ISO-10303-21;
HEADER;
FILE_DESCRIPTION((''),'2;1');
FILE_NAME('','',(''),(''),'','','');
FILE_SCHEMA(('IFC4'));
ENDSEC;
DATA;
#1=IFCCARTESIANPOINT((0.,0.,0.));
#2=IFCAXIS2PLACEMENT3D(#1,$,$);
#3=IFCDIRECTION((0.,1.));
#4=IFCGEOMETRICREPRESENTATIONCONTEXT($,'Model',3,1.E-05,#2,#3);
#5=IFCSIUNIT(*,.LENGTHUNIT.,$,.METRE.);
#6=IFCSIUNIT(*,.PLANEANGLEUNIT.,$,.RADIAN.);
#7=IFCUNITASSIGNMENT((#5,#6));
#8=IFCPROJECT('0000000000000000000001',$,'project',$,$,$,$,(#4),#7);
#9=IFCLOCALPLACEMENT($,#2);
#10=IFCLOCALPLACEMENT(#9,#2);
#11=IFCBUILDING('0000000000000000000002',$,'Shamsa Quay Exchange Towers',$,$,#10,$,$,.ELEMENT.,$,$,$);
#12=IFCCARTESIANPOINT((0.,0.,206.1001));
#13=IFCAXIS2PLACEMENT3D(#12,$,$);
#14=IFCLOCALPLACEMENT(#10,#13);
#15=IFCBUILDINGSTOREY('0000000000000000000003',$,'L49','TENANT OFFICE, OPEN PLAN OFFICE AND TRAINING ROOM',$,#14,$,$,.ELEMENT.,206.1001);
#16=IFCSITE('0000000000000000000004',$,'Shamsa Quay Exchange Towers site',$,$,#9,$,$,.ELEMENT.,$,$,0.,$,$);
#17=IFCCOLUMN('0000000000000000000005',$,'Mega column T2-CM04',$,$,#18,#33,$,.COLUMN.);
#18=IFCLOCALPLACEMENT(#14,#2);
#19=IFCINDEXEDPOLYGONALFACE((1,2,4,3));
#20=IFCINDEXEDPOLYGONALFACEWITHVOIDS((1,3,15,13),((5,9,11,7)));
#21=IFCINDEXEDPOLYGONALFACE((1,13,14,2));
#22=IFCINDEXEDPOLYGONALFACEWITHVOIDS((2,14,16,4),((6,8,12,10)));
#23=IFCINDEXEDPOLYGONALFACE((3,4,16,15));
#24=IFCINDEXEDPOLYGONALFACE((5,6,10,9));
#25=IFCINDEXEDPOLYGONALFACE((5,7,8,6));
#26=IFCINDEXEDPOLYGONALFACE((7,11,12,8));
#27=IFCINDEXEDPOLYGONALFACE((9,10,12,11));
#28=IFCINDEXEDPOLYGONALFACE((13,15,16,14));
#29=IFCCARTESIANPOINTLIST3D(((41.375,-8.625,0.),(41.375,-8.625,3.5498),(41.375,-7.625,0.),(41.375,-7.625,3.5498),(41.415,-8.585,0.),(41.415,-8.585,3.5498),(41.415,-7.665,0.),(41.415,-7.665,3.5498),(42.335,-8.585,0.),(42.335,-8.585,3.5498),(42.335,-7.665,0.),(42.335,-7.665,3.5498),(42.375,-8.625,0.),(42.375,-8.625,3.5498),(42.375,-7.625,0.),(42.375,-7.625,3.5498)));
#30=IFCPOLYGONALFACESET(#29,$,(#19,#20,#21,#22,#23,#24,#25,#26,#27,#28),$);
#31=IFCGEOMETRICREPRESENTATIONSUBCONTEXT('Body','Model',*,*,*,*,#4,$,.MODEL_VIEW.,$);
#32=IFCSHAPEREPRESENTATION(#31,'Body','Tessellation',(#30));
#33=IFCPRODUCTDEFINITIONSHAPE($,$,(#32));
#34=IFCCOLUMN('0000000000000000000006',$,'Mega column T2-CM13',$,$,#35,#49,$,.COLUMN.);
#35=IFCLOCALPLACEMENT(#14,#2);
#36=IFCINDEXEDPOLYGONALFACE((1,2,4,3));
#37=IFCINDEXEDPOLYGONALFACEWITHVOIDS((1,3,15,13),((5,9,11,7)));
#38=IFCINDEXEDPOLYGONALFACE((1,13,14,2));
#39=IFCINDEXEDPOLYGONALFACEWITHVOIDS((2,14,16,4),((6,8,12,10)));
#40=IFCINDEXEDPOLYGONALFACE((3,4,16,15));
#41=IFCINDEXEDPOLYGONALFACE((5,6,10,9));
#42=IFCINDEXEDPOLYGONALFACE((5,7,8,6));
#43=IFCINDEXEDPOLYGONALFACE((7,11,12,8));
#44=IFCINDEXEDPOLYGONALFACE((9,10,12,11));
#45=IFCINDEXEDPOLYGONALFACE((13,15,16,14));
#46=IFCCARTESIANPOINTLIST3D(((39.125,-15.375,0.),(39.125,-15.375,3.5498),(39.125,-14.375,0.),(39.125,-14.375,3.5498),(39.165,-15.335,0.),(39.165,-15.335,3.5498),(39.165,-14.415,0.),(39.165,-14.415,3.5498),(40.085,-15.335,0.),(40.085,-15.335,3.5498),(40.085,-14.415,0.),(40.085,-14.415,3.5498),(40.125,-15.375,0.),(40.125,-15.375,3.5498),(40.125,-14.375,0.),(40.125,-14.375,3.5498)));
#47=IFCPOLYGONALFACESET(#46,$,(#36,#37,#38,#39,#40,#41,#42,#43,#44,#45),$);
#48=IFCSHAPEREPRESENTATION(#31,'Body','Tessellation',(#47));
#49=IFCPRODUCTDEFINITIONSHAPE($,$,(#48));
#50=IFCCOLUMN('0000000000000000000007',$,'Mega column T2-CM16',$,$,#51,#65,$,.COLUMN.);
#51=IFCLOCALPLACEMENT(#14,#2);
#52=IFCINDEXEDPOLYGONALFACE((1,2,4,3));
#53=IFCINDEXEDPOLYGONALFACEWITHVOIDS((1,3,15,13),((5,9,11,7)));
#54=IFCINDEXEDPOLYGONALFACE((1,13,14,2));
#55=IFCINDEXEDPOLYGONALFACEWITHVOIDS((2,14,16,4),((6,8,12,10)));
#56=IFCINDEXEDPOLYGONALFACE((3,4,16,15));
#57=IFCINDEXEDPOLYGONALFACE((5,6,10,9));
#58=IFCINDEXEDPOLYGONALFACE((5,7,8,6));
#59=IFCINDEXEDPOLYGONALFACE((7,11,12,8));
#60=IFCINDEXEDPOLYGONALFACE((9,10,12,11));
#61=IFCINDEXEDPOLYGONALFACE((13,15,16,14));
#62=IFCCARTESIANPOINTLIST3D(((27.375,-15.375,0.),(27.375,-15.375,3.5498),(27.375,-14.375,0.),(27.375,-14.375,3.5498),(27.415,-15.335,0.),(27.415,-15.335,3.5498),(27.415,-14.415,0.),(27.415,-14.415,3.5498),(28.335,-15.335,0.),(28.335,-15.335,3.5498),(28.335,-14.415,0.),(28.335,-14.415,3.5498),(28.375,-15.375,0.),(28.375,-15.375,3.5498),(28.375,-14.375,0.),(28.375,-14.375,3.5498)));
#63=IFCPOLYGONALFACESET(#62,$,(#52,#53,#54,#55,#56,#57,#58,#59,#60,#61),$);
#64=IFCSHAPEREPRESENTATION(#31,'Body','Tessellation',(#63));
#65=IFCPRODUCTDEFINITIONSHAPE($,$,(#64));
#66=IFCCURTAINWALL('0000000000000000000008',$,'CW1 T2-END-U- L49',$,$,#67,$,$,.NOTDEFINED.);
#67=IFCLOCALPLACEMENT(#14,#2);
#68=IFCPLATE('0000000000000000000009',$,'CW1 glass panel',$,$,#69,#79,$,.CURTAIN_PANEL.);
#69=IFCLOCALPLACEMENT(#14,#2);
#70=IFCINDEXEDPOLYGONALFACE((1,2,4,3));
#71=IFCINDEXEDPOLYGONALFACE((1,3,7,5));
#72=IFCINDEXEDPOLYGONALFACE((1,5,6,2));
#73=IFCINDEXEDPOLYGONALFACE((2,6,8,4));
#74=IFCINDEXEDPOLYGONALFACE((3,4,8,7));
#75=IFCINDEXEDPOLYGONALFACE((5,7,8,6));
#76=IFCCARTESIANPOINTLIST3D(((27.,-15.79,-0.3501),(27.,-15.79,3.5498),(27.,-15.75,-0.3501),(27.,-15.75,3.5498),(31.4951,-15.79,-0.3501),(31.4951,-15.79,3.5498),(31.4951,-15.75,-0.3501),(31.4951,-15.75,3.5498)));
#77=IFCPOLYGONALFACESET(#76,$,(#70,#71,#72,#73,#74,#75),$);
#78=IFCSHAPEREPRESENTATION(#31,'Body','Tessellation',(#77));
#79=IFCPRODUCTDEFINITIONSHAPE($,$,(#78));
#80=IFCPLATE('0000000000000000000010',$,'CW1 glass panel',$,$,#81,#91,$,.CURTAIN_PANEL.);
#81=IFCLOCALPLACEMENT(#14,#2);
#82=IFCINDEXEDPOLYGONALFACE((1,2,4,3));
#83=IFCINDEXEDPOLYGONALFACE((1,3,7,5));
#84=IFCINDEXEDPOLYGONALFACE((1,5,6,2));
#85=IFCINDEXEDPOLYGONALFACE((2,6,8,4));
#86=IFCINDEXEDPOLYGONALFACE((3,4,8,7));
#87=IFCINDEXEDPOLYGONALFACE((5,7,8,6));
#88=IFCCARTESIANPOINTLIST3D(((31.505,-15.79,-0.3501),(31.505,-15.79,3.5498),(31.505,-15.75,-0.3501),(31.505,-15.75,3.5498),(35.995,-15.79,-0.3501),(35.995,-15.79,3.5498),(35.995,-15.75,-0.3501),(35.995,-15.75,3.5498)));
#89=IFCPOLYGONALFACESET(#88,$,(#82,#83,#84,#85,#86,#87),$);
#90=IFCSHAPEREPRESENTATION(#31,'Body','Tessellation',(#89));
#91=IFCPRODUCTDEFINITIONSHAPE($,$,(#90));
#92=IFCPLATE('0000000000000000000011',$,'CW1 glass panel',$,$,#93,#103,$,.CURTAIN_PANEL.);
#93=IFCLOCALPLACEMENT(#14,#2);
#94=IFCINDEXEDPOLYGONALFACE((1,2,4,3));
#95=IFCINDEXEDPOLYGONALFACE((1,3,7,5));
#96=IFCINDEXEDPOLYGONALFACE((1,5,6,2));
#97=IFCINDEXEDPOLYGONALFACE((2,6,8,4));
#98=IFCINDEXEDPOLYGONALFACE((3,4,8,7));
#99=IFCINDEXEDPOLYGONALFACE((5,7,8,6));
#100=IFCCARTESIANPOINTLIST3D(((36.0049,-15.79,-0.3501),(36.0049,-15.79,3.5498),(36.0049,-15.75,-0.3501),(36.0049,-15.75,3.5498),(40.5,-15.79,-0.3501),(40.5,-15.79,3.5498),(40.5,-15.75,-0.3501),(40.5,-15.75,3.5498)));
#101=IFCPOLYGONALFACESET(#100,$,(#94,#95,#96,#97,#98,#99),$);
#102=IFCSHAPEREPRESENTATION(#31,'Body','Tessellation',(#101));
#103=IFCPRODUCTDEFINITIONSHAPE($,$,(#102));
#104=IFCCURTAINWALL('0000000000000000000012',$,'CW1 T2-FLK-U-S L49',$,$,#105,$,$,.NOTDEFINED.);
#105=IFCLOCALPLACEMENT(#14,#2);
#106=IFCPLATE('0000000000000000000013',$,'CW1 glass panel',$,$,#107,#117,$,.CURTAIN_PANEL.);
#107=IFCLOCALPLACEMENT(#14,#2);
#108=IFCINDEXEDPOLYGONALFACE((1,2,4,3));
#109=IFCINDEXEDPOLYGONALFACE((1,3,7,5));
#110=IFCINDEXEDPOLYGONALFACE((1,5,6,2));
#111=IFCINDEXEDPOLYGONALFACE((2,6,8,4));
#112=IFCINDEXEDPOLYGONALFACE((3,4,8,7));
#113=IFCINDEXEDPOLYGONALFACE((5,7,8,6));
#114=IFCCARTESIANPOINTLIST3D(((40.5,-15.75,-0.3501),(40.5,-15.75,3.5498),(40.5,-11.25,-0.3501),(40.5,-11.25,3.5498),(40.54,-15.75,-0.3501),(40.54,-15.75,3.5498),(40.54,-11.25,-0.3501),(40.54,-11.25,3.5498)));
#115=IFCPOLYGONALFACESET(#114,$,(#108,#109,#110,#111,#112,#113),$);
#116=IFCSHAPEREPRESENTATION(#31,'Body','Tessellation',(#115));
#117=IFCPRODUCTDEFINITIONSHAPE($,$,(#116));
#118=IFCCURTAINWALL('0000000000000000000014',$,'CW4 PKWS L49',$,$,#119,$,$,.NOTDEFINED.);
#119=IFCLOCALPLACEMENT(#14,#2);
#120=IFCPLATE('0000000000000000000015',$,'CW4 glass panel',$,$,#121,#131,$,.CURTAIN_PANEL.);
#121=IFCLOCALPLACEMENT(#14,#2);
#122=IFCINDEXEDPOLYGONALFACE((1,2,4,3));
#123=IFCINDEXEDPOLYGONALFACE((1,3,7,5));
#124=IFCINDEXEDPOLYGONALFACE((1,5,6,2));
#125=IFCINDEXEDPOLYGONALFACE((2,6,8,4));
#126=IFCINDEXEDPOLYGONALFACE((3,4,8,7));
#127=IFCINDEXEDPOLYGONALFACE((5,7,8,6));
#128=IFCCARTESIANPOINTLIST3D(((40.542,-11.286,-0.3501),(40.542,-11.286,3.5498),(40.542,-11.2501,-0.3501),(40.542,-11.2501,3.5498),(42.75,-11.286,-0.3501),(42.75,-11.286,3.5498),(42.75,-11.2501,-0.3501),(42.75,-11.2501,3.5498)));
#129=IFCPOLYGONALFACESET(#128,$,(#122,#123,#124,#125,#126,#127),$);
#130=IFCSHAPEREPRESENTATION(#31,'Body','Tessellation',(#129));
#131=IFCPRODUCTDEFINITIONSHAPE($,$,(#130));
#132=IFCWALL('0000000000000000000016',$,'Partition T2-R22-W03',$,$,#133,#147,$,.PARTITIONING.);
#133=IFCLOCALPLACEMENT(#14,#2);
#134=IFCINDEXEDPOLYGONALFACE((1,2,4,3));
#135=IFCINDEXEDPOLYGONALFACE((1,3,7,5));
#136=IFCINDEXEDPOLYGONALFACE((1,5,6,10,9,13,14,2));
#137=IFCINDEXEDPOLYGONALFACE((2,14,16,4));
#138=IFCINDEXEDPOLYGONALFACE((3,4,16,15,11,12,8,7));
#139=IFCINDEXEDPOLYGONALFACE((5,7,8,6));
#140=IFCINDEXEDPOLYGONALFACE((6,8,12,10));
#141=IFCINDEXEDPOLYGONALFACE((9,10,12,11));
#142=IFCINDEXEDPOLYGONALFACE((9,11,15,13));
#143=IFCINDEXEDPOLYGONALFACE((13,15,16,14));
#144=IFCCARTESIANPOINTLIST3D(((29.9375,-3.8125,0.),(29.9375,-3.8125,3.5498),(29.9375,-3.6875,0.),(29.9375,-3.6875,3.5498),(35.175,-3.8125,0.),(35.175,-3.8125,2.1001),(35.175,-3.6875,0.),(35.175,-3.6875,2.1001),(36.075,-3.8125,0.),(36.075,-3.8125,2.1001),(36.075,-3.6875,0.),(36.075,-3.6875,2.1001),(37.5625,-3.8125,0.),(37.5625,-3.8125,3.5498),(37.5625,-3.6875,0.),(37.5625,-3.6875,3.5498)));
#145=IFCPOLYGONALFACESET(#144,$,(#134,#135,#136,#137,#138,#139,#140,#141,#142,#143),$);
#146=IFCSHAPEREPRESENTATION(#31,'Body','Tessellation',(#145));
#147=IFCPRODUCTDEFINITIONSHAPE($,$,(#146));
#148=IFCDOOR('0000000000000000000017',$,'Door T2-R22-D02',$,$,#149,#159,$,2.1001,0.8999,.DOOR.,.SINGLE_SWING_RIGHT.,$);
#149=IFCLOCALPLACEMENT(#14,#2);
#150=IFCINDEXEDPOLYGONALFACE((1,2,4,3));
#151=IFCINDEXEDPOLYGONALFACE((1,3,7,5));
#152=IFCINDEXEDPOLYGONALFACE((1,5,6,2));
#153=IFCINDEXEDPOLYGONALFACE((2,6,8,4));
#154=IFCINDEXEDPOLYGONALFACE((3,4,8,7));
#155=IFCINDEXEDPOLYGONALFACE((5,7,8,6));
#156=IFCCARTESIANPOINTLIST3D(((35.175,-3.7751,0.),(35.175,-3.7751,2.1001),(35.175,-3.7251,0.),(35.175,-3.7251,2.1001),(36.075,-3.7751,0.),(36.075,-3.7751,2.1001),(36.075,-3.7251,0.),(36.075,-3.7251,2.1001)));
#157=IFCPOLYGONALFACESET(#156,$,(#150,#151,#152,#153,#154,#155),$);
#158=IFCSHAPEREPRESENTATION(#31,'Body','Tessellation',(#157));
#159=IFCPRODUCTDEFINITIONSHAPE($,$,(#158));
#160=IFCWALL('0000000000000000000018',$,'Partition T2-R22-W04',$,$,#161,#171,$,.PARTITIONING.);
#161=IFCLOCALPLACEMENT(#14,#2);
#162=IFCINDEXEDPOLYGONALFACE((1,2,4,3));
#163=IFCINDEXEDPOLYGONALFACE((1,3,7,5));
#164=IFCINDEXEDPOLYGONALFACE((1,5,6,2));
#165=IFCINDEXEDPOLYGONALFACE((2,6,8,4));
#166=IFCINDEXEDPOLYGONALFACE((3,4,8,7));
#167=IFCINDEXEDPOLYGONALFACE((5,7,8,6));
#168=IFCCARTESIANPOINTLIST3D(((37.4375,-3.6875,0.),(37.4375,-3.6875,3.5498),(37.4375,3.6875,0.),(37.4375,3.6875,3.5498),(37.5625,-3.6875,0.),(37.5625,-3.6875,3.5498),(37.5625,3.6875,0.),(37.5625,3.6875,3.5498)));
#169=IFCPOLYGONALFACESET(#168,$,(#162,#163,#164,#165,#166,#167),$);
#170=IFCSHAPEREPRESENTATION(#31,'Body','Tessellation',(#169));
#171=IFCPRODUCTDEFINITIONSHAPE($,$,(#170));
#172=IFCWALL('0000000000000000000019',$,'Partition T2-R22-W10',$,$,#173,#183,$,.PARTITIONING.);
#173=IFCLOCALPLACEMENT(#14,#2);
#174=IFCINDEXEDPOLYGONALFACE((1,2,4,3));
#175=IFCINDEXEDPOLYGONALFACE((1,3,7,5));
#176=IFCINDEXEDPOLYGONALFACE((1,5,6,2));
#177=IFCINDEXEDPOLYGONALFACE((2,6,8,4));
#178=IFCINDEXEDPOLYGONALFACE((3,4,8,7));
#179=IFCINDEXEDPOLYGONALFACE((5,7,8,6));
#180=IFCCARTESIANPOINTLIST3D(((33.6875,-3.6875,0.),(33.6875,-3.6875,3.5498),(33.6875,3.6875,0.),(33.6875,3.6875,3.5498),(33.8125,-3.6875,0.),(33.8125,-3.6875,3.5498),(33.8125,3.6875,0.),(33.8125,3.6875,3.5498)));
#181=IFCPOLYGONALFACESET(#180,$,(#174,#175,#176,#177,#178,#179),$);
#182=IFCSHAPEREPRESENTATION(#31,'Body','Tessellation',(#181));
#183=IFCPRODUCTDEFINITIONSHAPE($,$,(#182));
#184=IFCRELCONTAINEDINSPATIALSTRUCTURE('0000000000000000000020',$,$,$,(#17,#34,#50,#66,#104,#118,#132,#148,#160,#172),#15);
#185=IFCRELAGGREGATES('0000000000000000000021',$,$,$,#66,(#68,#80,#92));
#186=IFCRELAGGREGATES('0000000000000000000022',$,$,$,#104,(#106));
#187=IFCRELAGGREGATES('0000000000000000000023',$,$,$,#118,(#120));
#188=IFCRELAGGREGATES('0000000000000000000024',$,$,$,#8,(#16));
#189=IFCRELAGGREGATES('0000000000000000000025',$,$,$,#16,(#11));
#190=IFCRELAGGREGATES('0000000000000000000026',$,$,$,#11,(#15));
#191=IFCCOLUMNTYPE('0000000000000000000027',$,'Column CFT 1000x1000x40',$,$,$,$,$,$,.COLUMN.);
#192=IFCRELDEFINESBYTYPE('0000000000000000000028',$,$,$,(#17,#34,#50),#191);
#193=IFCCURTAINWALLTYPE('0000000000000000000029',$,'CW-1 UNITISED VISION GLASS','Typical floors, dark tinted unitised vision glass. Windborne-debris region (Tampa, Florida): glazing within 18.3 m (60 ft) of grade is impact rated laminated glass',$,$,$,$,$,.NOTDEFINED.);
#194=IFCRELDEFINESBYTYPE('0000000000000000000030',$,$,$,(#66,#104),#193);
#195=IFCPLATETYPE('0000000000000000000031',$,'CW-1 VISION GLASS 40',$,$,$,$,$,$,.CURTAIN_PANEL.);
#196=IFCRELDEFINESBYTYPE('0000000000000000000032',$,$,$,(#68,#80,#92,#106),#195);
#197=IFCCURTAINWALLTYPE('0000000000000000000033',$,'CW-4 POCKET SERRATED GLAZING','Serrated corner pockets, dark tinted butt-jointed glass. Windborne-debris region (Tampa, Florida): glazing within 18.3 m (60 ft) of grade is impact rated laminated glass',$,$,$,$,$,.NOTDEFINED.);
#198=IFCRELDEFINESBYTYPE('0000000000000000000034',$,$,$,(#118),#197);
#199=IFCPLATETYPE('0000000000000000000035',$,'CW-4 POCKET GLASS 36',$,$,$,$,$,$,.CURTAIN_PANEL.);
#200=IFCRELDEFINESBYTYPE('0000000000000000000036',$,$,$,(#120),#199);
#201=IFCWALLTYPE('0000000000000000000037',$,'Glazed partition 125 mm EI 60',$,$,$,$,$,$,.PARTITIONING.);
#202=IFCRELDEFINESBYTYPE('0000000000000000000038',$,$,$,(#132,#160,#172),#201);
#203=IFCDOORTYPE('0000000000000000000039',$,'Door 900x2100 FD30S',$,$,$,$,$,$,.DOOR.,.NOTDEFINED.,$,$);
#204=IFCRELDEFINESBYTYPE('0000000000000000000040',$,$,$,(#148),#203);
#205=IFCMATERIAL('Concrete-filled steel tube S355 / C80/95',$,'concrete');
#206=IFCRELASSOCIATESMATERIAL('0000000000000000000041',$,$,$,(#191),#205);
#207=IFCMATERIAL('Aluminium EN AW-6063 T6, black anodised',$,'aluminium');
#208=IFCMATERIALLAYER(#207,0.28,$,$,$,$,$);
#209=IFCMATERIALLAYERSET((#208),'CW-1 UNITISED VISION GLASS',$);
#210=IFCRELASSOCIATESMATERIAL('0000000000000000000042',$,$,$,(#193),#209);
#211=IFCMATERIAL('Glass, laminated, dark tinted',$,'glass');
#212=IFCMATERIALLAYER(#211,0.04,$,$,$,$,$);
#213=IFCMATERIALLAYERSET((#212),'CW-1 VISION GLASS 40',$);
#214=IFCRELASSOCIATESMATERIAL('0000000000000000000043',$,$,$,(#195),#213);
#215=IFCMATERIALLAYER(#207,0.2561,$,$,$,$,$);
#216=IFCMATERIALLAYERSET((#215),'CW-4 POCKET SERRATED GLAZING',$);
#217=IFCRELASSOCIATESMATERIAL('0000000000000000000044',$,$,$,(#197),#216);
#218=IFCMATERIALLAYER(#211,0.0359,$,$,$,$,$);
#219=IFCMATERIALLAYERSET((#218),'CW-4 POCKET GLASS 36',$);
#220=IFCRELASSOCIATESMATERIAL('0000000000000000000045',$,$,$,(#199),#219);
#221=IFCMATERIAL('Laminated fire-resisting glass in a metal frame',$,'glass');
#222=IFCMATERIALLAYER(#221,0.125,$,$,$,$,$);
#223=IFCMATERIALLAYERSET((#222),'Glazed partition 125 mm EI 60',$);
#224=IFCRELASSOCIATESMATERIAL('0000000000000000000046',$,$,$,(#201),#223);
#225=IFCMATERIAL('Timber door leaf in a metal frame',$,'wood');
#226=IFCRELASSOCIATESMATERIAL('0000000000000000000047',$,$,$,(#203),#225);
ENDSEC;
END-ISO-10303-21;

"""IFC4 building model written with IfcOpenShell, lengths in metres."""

from ifc_helpers import new_model, si_unit, direction, frame, frame_2d, origin, origin_2d, place, context, subcontext, project, spatial, rectangle, hollow_rectangle, extrude, material, layer, layer_set, material_profile, profile_set, type_object, element, fill, aggregate, save


model = new_model("IFC4")

# Units and contexts
model_context = context("Model", 3, precision=1e-05, world=origin(), true_north=direction((0.0, 1.0)))
body_context = subcontext(model_context, "Body", "Model", "MODEL_VIEW")
ifc_project = project(units=[si_unit("LENGTHUNIT", "METRE"), si_unit("PLANEANGLEUNIT", "RADIAN")], contexts=[model_context])

# Site, building, storey
site_placement = place(None, origin())
site = spatial("IfcSite", under=ifc_project, at=site_placement, Name="Shamsa Quay Exchange Towers site", CompositionType="ELEMENT", RefElevation=0.0)
building_placement = place(site_placement, origin())
building = spatial("IfcBuilding", under=site, at=building_placement, Name="Shamsa Quay Exchange Towers", CompositionType="ELEMENT")
storey_placement = place(building_placement, frame((0.0, 0.0, 206.1001)))
storey = spatial("IfcBuildingStorey", under=building, at=storey_placement, Name="L49", Description="TENANT OFFICE, OPEN PLAN OFFICE AND TRAINING ROOM", CompositionType="ELEMENT", Elevation=206.1001)

# Columns
ifc_material_1 = material(Name="Concrete-filled steel tube S355 / C80/95", Category="concrete")
ifc_material_profile = material_profile(ifc_material_1, hollow_rectangle(XDim=1.0, YDim=1.0, WallThickness=0.04, at=origin_2d()), Name="CFT 1000x1000x40")
ifc_profile_set = profile_set([ifc_material_profile], Name="Concrete-filled steel tube S355 / C80/95")
column_type = type_object("IfcColumnType", Name="Column CFT 1000x1000x40", PredefinedType="COLUMN", material=ifc_profile_set)
for number, where, name in (
    (1, (41.875, -8.125, 0.0), "Mega column T2-CM04"),
    (2, (39.625, -14.875, 0.0), "Mega column T2-CM13"),
    (3, (27.875, -14.875, 0.0), "Mega column T2-CM16"),
):
    element("IfcColumn", number, at=place(storey_placement, frame(where)), inside=storey, type_object=column_type, Name=name, PredefinedType="COLUMN", context=body_context, shape_type="SweptSolid", body=[
        extrude(hollow_rectangle(XDim=1.0, YDim=1.0, WallThickness=0.04, at=origin_2d()), origin(), (0.0, 0.0, 1.0), 3.5498),
    ])

# Curtain wall, plates
ifc_material_2 = material(Name="Aluminium EN AW-6063 T6, black anodised", Category="aluminium")
ifc_layer_1 = layer(ifc_material_2, 0.28)
ifc_layer_set_1 = layer_set([ifc_layer_1], Name="CW-1 UNITISED VISION GLASS")
curtain_wall_type_1 = type_object("IfcCurtainWallType", Name="CW-1 UNITISED VISION GLASS", Description="Typical floors, dark tinted unitised vision glass. Windborne-debris region (Tampa, Florida): glazing within 18.3 m (60 ft) of grade is impact rated laminated glass", PredefinedType="NOTDEFINED", material=ifc_layer_set_1)
curtain_wall_1_placement = place(storey_placement, origin())
curtain_wall_1 = element("IfcCurtainWall", 4, at=curtain_wall_1_placement, inside=storey, type_object=curtain_wall_type_1, Name="CW1 T2-END-U- L49", PredefinedType="NOTDEFINED")
ifc_material_3 = material(Name="Glass, laminated, dark tinted", Category="glass")
ifc_layer_2 = layer(ifc_material_3, 0.04)
ifc_layer_set_2 = layer_set([ifc_layer_2], Name="CW-1 VISION GLASS 40")
plate_type_1 = type_object("IfcPlateType", Name="CW-1 VISION GLASS 40", PredefinedType="CURTAIN_PANEL", material=ifc_layer_set_2)
plate_1_placement = place(storey_placement, frame((29.2476, -15.77, -0.3501)))
plate_1 = element("IfcPlate", 5, at=plate_1_placement, type_object=plate_type_1, Name="CW1 glass panel", PredefinedType="CURTAIN_PANEL", context=body_context, shape_type="SweptSolid", body=[
    extrude(rectangle(XDim=4.4951, YDim=0.04, at=origin_2d()), origin(), (0.0, 0.0, 1.0), 3.8999),
])
plate_2_placement = place(storey_placement, frame((33.75, -15.77, -0.3501)))
plate_2 = element("IfcPlate", 6, at=plate_2_placement, type_object=plate_type_1, Name="CW1 glass panel", PredefinedType="CURTAIN_PANEL", context=body_context, shape_type="SweptSolid", body=[
    extrude(rectangle(XDim=4.49, YDim=0.04, at=origin_2d()), origin(), (0.0, 0.0, 1.0), 3.8999),
])
plate_3_placement = place(storey_placement, frame((38.2524, -15.77, -0.3501)))
plate_3 = element("IfcPlate", 7, at=plate_3_placement, type_object=plate_type_1, Name="CW1 glass panel", PredefinedType="CURTAIN_PANEL", context=body_context, shape_type="SweptSolid", body=[
    extrude(rectangle(XDim=4.4951, YDim=0.04, at=origin_2d()), origin(), (0.0, 0.0, 1.0), 3.8999),
])
aggregate(curtain_wall_1, [plate_1, plate_2, plate_3])

# Curtain walls, plates
curtain_wall_2_placement = place(storey_placement, origin())
curtain_wall_2 = element("IfcCurtainWall", 8, at=curtain_wall_2_placement, inside=storey, type_object=curtain_wall_type_1, Name="CW1 T2-FLK-U-S L49", PredefinedType="NOTDEFINED")
plate_4_placement = place(storey_placement, frame((40.52, -13.5, -0.3501), z_axis=(0.0, 0.0, 1.0), x_axis=(0.0, 1.0, 0.0)))
plate_4 = element("IfcPlate", 9, at=plate_4_placement, type_object=plate_type_1, Name="CW1 glass panel", PredefinedType="CURTAIN_PANEL", context=body_context, shape_type="SweptSolid", body=[
    extrude(rectangle(XDim=4.5, YDim=0.04, at=origin_2d()), origin(), (0.0, 0.0, 1.0), 3.8999),
])
aggregate(curtain_wall_2, [plate_4])
ifc_layer_3 = layer(ifc_material_2, 0.2561)
ifc_layer_set_3 = layer_set([ifc_layer_3], Name="CW-4 POCKET SERRATED GLAZING")
curtain_wall_type_2 = type_object("IfcCurtainWallType", Name="CW-4 POCKET SERRATED GLAZING", Description="Serrated corner pockets, dark tinted butt-jointed glass. Windborne-debris region (Tampa, Florida): glazing within 18.3 m (60 ft) of grade is impact rated laminated glass", PredefinedType="NOTDEFINED", material=ifc_layer_set_3)
curtain_wall_3_placement = place(storey_placement, origin())
curtain_wall_3 = element("IfcCurtainWall", 10, at=curtain_wall_3_placement, inside=storey, type_object=curtain_wall_type_2, Name="CW4 PKWS L49", PredefinedType="NOTDEFINED")
ifc_layer_4 = layer(ifc_material_3, 0.0359)
ifc_layer_set_4 = layer_set([ifc_layer_4], Name="CW-4 POCKET GLASS 36")
plate_type_2 = type_object("IfcPlateType", Name="CW-4 POCKET GLASS 36", PredefinedType="CURTAIN_PANEL", material=ifc_layer_set_4)
plate_5_placement = place(storey_placement, frame((41.646, -11.2681, -0.3501)))
plate_5 = element("IfcPlate", 11, at=plate_5_placement, type_object=plate_type_2, Name="CW4 glass panel", PredefinedType="CURTAIN_PANEL", context=body_context, shape_type="SweptSolid", body=[
    extrude(rectangle(XDim=2.208, YDim=0.0359, at=origin_2d()), origin(), (0.0, 0.0, 1.0), 3.8999),
])
aggregate(curtain_wall_3, [plate_5])

# Wall, opening, door
ifc_material_4 = material(Name="Laminated fire-resisting glass in a metal frame", Category="glass")
ifc_layer_5 = layer(ifc_material_4, 0.125)
ifc_layer_set_5 = layer_set([ifc_layer_5], Name="Glazed partition 125 mm EI 60")
wall_type_1 = type_object("IfcWallType", Name="Glazed partition 125 mm EI 60", PredefinedType="PARTITIONING", material=ifc_layer_set_5)
wall_1_placement = place(storey_placement, frame((29.9375, -3.75, 0.0)))
wall_1 = element("IfcWall", 12, at=wall_1_placement, inside=storey, type_object=wall_type_1, Name="Partition T2-R22-W03", PredefinedType="PARTITIONING", context=body_context, shape_type="SweptSolid", body=[
    extrude(rectangle(XDim=7.625, YDim=0.125, at=frame_2d((3.8125, 0.0))), origin(), (0.0, 0.0, 1.0), 3.5498),
])
opening_1_placement = place(wall_1_placement, frame((5.2375, 0.0, 0.0)))
opening_1 = element("IfcOpeningElement", 13, at=opening_1_placement, cuts=wall_1, PredefinedType="OPENING", context=body_context, shape_type="SweptSolid", body=[
    extrude(rectangle(XDim=0.8999, YDim=2.1001, at=frame_2d((0.45, 1.05))), frame((0.0, 0.0725, 0.0), z_axis=(0.0, -1.0, 0.0), x_axis=(1.0, 0.0, 0.0)), (0.0, 0.0, 1.0), 0.145),
])
ifc_material_5 = material(Name="Timber door leaf in a metal frame", Category="wood")
door_type_1 = type_object("IfcDoorType", Name="Door 900x2100 FD30S", OperationType="NOTDEFINED", PredefinedType="DOOR", material=ifc_material_5)
door_1_placement = place(opening_1_placement, origin())
door_1 = element("IfcDoor", 14, at=door_1_placement, inside=storey, type_object=door_type_1, Name="Door T2-R22-D02", OperationType="SINGLE_SWING_RIGHT", OverallHeight=2.1001, OverallWidth=0.8999, PredefinedType="DOOR", context=body_context, shape_type="SweptSolid", body=[
    extrude(rectangle(XDim=0.8999, YDim=2.1001, at=frame_2d((0.45, 1.05))), frame((0.0, 0.0249, 0.0), z_axis=(0.0, -1.0, 0.0), x_axis=(1.0, 0.0, 0.0)), (0.0, 0.0, 1.0), 0.05),
])
fill(opening_1, door_1)

# Walls
for number, where, z_axis, x_axis, name in (
    (15, (37.5, -3.6875, 0.0), (0.0, 0.0, 1.0), (0.0, 1.0, 0.0), "Partition T2-R22-W04"),
    (16, (33.75, -3.6875, 0.0), (0.0, 0.0, 1.0), (0.0, 1.0, 0.0), "Partition T2-R22-W10"),
):
    element("IfcWall", number, at=place(storey_placement, frame(where, z_axis=z_axis, x_axis=x_axis)), inside=storey, type_object=wall_type_1, Name=name, PredefinedType="PARTITIONING", context=body_context, shape_type="SweptSolid", body=[
        extrude(rectangle(XDim=7.375, YDim=0.125, at=frame_2d((3.6875, 0.0))), origin(), (0.0, 0.0, 1.0), 3.5498),
    ])

save(model, "model.ifc")
